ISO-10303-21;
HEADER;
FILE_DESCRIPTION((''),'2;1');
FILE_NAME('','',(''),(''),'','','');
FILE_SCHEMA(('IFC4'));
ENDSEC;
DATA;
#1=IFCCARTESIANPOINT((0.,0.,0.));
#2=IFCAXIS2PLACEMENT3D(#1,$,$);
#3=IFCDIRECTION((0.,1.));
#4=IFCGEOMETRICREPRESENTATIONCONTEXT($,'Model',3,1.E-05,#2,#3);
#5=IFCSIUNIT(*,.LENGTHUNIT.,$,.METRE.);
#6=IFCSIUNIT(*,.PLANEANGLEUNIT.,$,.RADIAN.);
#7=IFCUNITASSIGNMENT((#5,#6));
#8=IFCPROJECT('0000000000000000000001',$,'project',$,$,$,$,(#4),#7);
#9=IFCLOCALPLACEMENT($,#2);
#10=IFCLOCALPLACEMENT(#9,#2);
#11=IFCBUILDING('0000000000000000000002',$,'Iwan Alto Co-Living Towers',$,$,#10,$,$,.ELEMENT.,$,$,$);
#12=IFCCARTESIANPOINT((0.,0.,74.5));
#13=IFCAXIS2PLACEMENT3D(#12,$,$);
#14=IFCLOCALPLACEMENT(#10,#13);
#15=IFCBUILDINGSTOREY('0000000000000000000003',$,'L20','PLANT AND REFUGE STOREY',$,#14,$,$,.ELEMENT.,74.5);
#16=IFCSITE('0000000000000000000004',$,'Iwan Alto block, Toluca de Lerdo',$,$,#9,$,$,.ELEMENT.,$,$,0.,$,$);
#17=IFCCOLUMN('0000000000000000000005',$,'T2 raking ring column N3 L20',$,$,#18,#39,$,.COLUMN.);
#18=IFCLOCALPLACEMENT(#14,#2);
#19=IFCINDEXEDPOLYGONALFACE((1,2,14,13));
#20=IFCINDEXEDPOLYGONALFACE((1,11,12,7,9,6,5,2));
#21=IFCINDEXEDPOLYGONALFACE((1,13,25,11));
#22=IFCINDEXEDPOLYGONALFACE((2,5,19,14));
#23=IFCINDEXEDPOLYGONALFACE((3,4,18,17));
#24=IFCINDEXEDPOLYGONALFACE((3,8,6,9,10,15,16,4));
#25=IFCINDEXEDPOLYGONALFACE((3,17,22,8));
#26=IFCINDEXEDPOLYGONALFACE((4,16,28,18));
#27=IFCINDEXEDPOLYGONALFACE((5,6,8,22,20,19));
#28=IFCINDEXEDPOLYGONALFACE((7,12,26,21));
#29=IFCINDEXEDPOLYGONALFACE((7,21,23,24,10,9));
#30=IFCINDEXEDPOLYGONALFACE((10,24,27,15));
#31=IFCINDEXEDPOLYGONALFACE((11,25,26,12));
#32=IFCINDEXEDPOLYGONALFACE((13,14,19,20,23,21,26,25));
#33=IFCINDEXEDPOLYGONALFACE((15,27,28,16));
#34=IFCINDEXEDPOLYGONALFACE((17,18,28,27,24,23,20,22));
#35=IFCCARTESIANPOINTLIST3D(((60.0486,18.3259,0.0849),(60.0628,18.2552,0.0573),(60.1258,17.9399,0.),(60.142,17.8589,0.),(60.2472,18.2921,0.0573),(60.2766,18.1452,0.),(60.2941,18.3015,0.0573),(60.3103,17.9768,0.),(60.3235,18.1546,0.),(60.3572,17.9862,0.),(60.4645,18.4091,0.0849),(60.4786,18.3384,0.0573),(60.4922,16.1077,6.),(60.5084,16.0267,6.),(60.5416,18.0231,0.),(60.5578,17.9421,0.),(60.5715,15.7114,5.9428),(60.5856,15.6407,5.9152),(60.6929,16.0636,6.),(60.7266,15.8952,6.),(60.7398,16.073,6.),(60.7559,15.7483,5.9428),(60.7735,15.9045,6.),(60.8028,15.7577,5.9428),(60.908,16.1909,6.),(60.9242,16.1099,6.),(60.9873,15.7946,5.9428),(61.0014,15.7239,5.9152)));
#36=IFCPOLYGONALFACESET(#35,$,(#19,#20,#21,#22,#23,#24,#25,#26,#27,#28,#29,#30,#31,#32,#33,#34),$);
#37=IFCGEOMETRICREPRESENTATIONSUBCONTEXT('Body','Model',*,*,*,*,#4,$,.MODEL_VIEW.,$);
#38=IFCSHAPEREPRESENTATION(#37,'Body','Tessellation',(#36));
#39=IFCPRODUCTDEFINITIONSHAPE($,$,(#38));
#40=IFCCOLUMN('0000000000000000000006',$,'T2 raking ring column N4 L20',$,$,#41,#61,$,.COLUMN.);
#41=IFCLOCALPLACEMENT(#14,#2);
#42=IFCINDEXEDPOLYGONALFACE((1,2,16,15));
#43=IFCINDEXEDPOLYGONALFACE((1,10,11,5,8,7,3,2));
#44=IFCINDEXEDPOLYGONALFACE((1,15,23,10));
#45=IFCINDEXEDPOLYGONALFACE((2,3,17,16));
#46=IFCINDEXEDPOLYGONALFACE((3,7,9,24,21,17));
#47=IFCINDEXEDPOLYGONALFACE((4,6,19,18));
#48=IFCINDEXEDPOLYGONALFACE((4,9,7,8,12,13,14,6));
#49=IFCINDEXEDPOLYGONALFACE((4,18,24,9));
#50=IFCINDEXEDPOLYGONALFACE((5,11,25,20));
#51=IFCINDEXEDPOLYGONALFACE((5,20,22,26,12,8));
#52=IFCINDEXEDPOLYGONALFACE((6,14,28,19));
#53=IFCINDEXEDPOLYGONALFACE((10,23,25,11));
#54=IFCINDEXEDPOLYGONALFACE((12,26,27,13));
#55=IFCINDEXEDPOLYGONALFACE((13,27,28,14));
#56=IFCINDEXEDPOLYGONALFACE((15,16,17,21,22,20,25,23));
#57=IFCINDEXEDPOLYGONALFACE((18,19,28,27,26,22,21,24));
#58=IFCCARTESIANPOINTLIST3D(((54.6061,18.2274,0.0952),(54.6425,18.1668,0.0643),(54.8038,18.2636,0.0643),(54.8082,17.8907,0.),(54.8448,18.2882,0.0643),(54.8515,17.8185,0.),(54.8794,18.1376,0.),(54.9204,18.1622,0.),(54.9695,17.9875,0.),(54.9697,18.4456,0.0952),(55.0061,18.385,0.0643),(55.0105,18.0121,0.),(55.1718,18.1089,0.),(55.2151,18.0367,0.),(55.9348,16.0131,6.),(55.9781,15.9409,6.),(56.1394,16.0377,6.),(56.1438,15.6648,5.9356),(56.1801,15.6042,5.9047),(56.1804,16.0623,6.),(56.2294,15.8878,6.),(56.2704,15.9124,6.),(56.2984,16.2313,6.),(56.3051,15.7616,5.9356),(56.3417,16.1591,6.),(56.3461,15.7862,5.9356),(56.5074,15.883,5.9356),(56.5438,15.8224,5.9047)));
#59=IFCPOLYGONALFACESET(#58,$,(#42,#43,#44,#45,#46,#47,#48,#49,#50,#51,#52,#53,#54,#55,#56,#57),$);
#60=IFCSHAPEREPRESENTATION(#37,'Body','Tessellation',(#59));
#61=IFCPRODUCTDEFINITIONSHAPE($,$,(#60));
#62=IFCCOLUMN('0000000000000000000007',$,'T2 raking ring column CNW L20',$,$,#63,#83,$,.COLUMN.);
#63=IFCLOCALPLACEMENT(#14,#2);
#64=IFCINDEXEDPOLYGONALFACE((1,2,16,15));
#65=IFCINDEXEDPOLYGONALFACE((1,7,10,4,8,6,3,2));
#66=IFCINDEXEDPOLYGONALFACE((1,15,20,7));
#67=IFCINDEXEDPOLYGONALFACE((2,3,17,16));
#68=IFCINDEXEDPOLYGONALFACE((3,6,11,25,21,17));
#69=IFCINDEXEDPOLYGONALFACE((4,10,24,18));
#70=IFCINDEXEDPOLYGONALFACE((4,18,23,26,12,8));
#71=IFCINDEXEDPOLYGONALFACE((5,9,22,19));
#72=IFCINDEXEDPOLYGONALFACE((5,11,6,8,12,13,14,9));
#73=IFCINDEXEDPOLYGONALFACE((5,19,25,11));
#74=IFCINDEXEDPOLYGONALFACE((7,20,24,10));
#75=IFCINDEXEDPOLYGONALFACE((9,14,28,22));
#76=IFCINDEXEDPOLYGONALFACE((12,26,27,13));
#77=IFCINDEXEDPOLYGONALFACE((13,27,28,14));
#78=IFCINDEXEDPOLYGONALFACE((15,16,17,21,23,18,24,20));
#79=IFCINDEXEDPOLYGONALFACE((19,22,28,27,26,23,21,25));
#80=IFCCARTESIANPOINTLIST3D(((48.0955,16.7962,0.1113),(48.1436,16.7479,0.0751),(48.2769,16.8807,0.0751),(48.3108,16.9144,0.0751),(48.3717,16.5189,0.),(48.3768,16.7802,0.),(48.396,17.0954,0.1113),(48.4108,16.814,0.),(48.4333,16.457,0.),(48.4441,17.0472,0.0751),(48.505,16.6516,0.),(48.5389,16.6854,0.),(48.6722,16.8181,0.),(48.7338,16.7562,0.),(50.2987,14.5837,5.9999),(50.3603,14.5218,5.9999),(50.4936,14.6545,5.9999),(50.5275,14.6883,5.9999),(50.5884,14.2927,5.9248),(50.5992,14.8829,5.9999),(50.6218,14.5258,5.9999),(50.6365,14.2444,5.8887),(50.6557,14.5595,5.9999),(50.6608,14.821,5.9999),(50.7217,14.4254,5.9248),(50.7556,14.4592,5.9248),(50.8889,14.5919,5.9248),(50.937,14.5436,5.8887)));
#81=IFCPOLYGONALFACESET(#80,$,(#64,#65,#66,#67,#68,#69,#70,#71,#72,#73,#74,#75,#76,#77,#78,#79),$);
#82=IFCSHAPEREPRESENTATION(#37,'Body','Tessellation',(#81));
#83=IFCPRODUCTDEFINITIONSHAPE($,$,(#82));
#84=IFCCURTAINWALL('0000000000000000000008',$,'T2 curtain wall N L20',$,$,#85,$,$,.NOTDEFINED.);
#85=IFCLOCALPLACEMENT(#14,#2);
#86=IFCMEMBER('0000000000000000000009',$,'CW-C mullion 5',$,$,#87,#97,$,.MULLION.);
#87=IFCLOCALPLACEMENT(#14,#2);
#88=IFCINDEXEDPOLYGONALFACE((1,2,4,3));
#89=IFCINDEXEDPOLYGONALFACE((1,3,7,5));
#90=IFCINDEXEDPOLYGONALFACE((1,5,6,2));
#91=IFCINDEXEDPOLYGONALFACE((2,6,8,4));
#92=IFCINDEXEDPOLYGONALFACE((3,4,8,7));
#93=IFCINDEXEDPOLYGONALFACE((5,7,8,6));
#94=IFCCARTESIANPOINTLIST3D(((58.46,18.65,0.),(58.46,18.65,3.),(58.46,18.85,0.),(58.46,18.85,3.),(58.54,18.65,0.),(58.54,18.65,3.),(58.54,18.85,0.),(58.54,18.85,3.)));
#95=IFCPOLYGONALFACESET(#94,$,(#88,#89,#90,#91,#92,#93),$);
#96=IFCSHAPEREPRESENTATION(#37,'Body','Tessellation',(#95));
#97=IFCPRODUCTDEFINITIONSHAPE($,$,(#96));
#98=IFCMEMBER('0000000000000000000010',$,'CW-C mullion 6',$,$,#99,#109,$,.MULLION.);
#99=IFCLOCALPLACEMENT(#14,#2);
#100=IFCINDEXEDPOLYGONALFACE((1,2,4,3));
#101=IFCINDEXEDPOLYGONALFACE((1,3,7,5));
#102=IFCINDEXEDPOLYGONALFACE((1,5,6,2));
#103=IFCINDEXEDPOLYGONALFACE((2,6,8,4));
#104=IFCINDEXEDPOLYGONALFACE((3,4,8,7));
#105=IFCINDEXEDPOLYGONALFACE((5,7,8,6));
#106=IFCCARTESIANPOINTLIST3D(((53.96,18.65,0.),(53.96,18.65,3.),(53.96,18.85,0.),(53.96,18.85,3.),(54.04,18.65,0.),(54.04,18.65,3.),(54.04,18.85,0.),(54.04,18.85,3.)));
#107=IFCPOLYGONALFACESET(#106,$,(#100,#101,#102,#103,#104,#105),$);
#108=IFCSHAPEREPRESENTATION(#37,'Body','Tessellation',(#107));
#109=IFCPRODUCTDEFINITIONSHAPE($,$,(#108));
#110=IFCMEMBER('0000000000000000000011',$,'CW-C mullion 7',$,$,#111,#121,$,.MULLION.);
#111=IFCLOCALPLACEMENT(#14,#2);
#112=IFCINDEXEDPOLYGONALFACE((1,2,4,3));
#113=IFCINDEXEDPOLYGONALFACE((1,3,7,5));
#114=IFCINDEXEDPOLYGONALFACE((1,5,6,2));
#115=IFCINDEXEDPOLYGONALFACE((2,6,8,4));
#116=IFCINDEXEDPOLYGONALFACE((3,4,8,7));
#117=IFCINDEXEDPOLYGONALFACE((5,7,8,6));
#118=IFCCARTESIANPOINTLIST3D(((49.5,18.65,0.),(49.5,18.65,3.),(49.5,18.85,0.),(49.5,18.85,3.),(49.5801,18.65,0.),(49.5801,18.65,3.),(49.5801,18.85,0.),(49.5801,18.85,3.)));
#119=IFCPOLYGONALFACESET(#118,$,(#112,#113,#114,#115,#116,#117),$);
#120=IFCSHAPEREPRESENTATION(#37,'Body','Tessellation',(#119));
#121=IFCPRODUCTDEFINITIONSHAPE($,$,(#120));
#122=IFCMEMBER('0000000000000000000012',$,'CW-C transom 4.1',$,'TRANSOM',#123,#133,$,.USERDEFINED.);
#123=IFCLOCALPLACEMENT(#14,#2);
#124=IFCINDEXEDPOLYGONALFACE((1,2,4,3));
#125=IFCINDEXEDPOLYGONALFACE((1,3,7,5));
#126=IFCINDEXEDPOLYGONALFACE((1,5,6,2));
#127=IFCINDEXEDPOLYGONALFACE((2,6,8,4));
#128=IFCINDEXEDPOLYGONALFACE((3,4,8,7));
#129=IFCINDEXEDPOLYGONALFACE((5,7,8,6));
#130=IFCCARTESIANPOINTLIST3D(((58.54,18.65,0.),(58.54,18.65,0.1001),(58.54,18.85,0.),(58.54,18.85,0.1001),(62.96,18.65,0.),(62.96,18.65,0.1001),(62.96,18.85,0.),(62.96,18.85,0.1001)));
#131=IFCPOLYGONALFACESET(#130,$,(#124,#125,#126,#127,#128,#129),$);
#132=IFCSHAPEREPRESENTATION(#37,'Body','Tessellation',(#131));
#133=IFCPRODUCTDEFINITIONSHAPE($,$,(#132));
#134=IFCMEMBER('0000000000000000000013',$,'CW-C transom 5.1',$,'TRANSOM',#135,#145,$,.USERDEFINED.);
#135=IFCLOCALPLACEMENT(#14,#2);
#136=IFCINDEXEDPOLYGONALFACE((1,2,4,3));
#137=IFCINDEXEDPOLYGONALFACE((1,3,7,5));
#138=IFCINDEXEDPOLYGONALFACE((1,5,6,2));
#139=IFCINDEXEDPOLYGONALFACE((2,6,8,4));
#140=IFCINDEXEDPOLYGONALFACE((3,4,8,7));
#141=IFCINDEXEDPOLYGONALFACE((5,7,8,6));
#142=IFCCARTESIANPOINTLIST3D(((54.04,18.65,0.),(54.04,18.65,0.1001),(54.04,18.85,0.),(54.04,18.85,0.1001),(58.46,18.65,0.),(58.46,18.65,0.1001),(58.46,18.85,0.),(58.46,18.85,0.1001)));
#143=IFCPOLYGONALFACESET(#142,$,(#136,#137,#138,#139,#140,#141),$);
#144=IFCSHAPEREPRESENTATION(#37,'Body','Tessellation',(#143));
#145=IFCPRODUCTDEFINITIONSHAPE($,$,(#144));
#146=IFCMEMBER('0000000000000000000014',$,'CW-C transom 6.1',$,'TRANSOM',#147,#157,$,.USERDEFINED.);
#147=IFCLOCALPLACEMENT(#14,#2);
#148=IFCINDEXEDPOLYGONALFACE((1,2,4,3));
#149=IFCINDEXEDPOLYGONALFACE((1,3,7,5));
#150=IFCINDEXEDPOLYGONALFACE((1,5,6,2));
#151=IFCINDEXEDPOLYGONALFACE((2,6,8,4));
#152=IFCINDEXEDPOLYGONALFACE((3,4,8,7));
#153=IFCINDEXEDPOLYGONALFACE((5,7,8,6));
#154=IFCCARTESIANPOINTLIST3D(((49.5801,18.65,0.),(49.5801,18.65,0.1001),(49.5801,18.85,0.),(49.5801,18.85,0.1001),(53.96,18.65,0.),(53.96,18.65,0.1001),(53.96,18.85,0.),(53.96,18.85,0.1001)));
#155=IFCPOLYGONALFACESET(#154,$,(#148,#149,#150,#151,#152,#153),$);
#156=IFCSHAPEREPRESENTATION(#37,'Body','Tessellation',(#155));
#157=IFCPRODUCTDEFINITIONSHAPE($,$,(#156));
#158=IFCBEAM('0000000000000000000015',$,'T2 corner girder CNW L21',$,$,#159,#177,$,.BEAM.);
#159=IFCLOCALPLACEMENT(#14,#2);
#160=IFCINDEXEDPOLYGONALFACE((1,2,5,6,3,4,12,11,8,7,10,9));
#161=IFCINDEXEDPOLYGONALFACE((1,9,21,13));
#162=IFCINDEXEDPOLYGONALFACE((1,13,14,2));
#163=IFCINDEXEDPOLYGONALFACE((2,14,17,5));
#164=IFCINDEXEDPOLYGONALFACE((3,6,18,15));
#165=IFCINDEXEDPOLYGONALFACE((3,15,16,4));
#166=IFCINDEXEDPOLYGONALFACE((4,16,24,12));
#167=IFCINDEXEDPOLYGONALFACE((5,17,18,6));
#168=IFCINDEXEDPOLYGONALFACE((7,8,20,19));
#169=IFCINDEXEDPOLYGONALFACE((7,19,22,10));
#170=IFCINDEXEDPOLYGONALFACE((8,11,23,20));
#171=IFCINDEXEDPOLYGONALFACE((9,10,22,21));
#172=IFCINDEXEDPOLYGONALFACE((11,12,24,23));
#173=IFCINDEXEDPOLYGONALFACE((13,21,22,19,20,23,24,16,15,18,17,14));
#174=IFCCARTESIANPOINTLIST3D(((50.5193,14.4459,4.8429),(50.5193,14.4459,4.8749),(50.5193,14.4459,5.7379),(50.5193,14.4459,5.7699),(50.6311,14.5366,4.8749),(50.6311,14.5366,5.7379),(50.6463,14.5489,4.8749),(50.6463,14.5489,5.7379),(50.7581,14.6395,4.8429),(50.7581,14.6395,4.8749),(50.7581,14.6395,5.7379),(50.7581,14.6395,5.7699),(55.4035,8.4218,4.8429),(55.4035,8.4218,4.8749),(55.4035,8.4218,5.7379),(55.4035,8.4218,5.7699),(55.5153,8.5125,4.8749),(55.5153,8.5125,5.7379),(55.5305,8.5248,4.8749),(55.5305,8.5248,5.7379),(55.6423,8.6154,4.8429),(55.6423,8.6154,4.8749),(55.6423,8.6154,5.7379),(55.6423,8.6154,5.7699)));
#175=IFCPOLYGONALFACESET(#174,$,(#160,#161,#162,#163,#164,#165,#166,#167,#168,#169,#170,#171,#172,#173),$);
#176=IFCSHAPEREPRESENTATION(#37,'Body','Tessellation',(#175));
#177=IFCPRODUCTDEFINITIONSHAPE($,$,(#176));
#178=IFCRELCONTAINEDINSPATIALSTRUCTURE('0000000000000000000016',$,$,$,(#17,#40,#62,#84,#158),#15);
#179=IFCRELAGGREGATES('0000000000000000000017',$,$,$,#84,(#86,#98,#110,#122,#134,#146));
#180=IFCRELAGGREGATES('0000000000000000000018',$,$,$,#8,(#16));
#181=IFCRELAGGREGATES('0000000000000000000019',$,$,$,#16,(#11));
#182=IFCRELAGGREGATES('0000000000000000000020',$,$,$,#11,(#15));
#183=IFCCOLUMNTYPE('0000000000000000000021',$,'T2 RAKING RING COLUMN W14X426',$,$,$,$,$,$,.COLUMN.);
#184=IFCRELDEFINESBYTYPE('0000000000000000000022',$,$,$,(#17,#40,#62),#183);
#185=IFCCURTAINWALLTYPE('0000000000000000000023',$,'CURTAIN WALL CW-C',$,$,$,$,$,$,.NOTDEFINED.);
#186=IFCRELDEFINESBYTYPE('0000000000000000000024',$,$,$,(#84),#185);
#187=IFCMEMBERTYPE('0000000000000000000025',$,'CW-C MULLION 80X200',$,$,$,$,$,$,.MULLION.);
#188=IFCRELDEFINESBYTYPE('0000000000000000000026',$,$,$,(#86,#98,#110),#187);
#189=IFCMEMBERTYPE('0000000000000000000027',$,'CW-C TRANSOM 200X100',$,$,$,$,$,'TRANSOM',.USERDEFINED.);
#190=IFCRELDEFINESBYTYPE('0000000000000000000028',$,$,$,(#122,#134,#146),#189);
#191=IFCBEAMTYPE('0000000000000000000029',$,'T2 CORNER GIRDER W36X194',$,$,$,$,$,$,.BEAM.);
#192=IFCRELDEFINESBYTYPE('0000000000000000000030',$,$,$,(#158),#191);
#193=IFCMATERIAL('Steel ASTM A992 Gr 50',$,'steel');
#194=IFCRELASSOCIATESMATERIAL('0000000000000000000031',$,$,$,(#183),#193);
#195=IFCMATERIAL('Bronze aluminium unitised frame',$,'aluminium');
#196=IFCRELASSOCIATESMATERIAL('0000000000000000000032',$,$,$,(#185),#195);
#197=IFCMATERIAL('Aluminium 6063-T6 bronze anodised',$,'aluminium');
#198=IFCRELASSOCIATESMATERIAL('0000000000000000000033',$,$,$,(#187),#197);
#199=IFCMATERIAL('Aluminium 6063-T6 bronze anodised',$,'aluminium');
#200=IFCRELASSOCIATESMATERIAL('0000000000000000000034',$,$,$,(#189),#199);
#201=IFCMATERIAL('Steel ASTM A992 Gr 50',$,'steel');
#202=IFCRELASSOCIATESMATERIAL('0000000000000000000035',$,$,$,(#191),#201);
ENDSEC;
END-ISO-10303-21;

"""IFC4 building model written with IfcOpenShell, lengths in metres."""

from ifc_helpers import new_model, si_unit, direction, frame, origin, origin_2d, place, context, subcontext, project, spatial, rectangle, i_section, extrude, clip, halfspace, material, material_profile, profile_set, type_object, element, aggregate, save


model = new_model("IFC4")

# Units and contexts
model_context = context("Model", 3, precision=1e-05, world=origin(), true_north=direction((0.0, 1.0)))
body_context = subcontext(model_context, "Body", "Model", "MODEL_VIEW")
ifc_project = project(units=[si_unit("LENGTHUNIT", "METRE"), si_unit("PLANEANGLEUNIT", "RADIAN")], contexts=[model_context])

# Site, building, storey
site_placement = place(None, origin())
site = spatial("IfcSite", under=ifc_project, at=site_placement, Name="Iwan Alto block, Toluca de Lerdo", CompositionType="ELEMENT", RefElevation=0.0)
building_placement = place(site_placement, origin())
building = spatial("IfcBuilding", under=site, at=building_placement, Name="Iwan Alto Co-Living Towers", CompositionType="ELEMENT")
storey_placement = place(building_placement, frame((0.0, 0.0, 74.5)))
storey = spatial("IfcBuildingStorey", under=building, at=storey_placement, Name="L20", Description="PLANT AND REFUGE STOREY", CompositionType="ELEMENT", Elevation=74.5)

# Columns
ifc_material_1 = material(Name="Steel ASTM A992 Gr 50", Category="steel")
ifc_material_profile_1 = material_profile(ifc_material_1, i_section(OverallWidth=0.4241, OverallDepth=0.4751, WebThickness=0.0479, FlangeThickness=0.0771, at=origin_2d()), Name="W14X426")
ifc_profile_set_1 = profile_set([ifc_material_profile_1], Name="Steel ASTM A992 Gr 50")
column_type = type_object("IfcColumnType", Name="T2 RAKING RING COLUMN W14X426", PredefinedType="COLUMN", material=ifc_profile_set_1)
column_1_placement = place(storey_placement, frame((60.3, 18.1499, 0.0), z_axis=(0.070045, -0.350261, 0.934029), x_axis=(0.980585, 0.196096, 0.0)))
element("IfcColumn", 1, at=column_1_placement, inside=storey, type_object=column_type, Name="T2 raking ring column N3 L20", PredefinedType="COLUMN", context=body_context, shape_type="Clipping", body=[
    clip(clip(extrude(i_section(OverallWidth=0.4241, OverallDepth=0.4751, WebThickness=0.0479, FlangeThickness=0.0771, at=origin_2d()), origin(), (0.0, 0.0, 1.0), 6.4238), halfspace(frame((0.0, 0.0, 0.0), z_axis=(0.0, -0.357196, -0.934029), x_axis=(0.980585, -0.183159, 0.070045)), False)), halfspace(frame((0.0, 2.1431, 5.6042), z_axis=(0.0, 0.357196, 0.934029), x_axis=(0.980585, -0.183159, 0.070045)), False)),
])
column_2_placement = place(storey_placement, frame((54.8999, 18.1499, 0.0), z_axis=(0.206163, -0.34358, 0.916215), x_axis=(0.857477, 0.514523, 0.0)))
element("IfcColumn", 2, at=column_2_placement, inside=storey, type_object=column_type, Name="T2 raking ring column N4 L20", PredefinedType="COLUMN", context=body_context, shape_type="Clipping", body=[
    clip(clip(extrude(i_section(OverallWidth=0.4241, OverallDepth=0.4751, WebThickness=0.0479, FlangeThickness=0.0771, at=origin_2d()), origin(), (0.0, 0.0, 1.0), 6.5486), halfspace(frame((0.0, 0.0, 0.0), z_axis=(0.0, -0.400688, -0.916215), x_axis=(0.857477, -0.471414, 0.206163)), False)), halfspace(frame((0.0, 2.4041, 5.4973), z_axis=(0.0, 0.400688, 0.916215), x_axis=(0.857477, -0.471414, 0.206163)), False)),
])
column_3_placement = place(storey_placement, frame((48.3938, 16.7971, 0.0), z_axis=(0.330551, -0.331953, 0.883483), x_axis=(0.708602, 0.705609, 0.0)))
element("IfcColumn", 3, at=column_3_placement, inside=storey, type_object=column_type, Name="T2 raking ring column CNW L20", PredefinedType="COLUMN", context=body_context, shape_type="Clipping", body=[
    clip(clip(extrude(i_section(OverallWidth=0.4241, OverallDepth=0.4751, WebThickness=0.0479, FlangeThickness=0.0771, at=origin_2d()), origin(), (0.0, 0.0, 1.0), 6.7913), halfspace(frame((0.0, 0.0, 0.0), z_axis=(0.0, -0.468463, -0.883483), x_axis=(0.708602, -0.623394, 0.330551)), False)), halfspace(frame((0.0, 2.8108, 5.3008), z_axis=(0.0, 0.468463, 0.883483), x_axis=(0.708602, -0.623394, 0.330551)), False)),
])

# Curtain wall, members
ifc_material_2 = material(Name="Bronze aluminium unitised frame", Category="aluminium")
curtain_wall_type = type_object("IfcCurtainWallType", Name="CURTAIN WALL CW-C", PredefinedType="NOTDEFINED", material=ifc_material_2)
curtain_wall_placement = place(storey_placement, origin())
curtain_wall = element("IfcCurtainWall", 4, at=curtain_wall_placement, inside=storey, type_object=curtain_wall_type, Name="T2 curtain wall N L20", PredefinedType="NOTDEFINED")
ifc_material_3 = material(Name="Aluminium 6063-T6 bronze anodised", Category="aluminium")
ifc_material_profile_2 = material_profile(ifc_material_3, rectangle(XDim=0.2, YDim=0.0801, at=origin_2d()), Name="AL 80X200")
ifc_profile_set_2 = profile_set([ifc_material_profile_2], Name="Aluminium 6063-T6 bronze anodised")
member_type_1 = type_object("IfcMemberType", Name="CW-C MULLION 80X200", PredefinedType="MULLION", material=ifc_profile_set_2)
member_1_placement = place(storey_placement, frame((58.5, 18.75, 0.0), z_axis=(0.0, 0.0, 1.0), x_axis=(0.0, -1.0, 0.0)))
member_1 = element("IfcMember", 5, at=member_1_placement, type_object=member_type_1, Name="CW-C mullion 5", PredefinedType="MULLION", context=body_context, shape_type="SweptSolid", body=[
    extrude(rectangle(XDim=0.2, YDim=0.0801, at=origin_2d()), origin(), (0.0, 0.0, 1.0), 3.0),
])
member_2_placement = place(storey_placement, frame((54.0, 18.75, 0.0), z_axis=(0.0, 0.0, 1.0), x_axis=(0.0, -1.0, 0.0)))
member_2 = element("IfcMember", 6, at=member_2_placement, type_object=member_type_1, Name="CW-C mullion 6", PredefinedType="MULLION", context=body_context, shape_type="SweptSolid", body=[
    extrude(rectangle(XDim=0.2, YDim=0.0801, at=origin_2d()), origin(), (0.0, 0.0, 1.0), 3.0),
])
member_3_placement = place(storey_placement, frame((49.54, 18.75, 0.0), z_axis=(0.0, 0.0, 1.0), x_axis=(0.0, -1.0, 0.0)))
member_3 = element("IfcMember", 7, at=member_3_placement, type_object=member_type_1, Name="CW-C mullion 7", PredefinedType="MULLION", context=body_context, shape_type="SweptSolid", body=[
    extrude(rectangle(XDim=0.2, YDim=0.0801, at=origin_2d()), origin(), (0.0, 0.0, 1.0), 3.0),
])
ifc_material_4 = material(Name="Aluminium 6063-T6 bronze anodised", Category="aluminium")
ifc_material_profile_3 = material_profile(ifc_material_4, rectangle(XDim=0.2, YDim=0.1001, at=origin_2d()), Name="AL 200X100")
ifc_profile_set_3 = profile_set([ifc_material_profile_3], Name="Aluminium 6063-T6 bronze anodised")
member_type_2 = type_object("IfcMemberType", Name="CW-C TRANSOM 200X100", ElementType="TRANSOM", PredefinedType="USERDEFINED", material=ifc_profile_set_3)
member_4_placement = place(storey_placement, frame((62.96, 18.75, 0.05), z_axis=(-1.0, 0.0, 0.0), x_axis=(0.0, -1.0, 0.0)))
member_4 = element("IfcMember", 8, at=member_4_placement, type_object=member_type_2, Name="CW-C transom 4.1", ObjectType="TRANSOM", PredefinedType="USERDEFINED", context=body_context, shape_type="SweptSolid", body=[
    extrude(rectangle(XDim=0.2, YDim=0.1001, at=origin_2d()), origin(), (0.0, 0.0, 1.0), 4.4199),
])
member_5_placement = place(storey_placement, frame((58.46, 18.75, 0.05), z_axis=(-1.0, 0.0, 0.0), x_axis=(0.0, -1.0, 0.0)))
member_5 = element("IfcMember", 9, at=member_5_placement, type_object=member_type_2, Name="CW-C transom 5.1", ObjectType="TRANSOM", PredefinedType="USERDEFINED", context=body_context, shape_type="SweptSolid", body=[
    extrude(rectangle(XDim=0.2, YDim=0.1001, at=origin_2d()), origin(), (0.0, 0.0, 1.0), 4.4199),
])
member_6_placement = place(storey_placement, frame((53.96, 18.75, 0.05), z_axis=(-1.0, 0.0, 0.0), x_axis=(0.0, -1.0, 0.0)))
member_6 = element("IfcMember", 10, at=member_6_placement, type_object=member_type_2, Name="CW-C transom 6.1", ObjectType="TRANSOM", PredefinedType="USERDEFINED", context=body_context, shape_type="SweptSolid", body=[
    extrude(rectangle(XDim=0.2, YDim=0.1001, at=origin_2d()), origin(), (0.0, 0.0, 1.0), 4.3799),
])

# Beam
ifc_material_5 = material(Name="Steel ASTM A992 Gr 50", Category="steel")
ifc_material_profile_4 = material_profile(ifc_material_5, i_section(OverallWidth=0.3074, OverallDepth=0.927, WebThickness=0.0195, FlangeThickness=0.032, at=origin_2d()), Name="W36X194")
ifc_profile_set_4 = profile_set([ifc_material_profile_4], Name="Steel ASTM A992 Gr 50")
beam_type_1 = type_object("IfcBeamType", Name="T2 CORNER GIRDER W36X194", PredefinedType="BEAM", material=ifc_profile_set_4)
beam_1_placement = place(storey_placement, frame((50.6387, 14.5427, 5.3064), z_axis=(0.629788, -0.776767, 0.0), x_axis=(0.776767, 0.629788, 0.0)))
element("IfcBeam", 11, at=beam_1_placement, inside=storey, type_object=beam_type_1, Name="T2 corner girder CNW L21", PredefinedType="BEAM", context=body_context, shape_type="SweptSolid", body=[
    extrude(i_section(OverallWidth=0.3074, OverallDepth=0.927, WebThickness=0.0195, FlangeThickness=0.032, at=origin_2d()), origin(), (0.0, 0.0, 1.0), 7.7554),
])

aggregate(curtain_wall, [member_1, member_2, member_3, member_4, member_5, member_6])

save(model, "model.ifc")
